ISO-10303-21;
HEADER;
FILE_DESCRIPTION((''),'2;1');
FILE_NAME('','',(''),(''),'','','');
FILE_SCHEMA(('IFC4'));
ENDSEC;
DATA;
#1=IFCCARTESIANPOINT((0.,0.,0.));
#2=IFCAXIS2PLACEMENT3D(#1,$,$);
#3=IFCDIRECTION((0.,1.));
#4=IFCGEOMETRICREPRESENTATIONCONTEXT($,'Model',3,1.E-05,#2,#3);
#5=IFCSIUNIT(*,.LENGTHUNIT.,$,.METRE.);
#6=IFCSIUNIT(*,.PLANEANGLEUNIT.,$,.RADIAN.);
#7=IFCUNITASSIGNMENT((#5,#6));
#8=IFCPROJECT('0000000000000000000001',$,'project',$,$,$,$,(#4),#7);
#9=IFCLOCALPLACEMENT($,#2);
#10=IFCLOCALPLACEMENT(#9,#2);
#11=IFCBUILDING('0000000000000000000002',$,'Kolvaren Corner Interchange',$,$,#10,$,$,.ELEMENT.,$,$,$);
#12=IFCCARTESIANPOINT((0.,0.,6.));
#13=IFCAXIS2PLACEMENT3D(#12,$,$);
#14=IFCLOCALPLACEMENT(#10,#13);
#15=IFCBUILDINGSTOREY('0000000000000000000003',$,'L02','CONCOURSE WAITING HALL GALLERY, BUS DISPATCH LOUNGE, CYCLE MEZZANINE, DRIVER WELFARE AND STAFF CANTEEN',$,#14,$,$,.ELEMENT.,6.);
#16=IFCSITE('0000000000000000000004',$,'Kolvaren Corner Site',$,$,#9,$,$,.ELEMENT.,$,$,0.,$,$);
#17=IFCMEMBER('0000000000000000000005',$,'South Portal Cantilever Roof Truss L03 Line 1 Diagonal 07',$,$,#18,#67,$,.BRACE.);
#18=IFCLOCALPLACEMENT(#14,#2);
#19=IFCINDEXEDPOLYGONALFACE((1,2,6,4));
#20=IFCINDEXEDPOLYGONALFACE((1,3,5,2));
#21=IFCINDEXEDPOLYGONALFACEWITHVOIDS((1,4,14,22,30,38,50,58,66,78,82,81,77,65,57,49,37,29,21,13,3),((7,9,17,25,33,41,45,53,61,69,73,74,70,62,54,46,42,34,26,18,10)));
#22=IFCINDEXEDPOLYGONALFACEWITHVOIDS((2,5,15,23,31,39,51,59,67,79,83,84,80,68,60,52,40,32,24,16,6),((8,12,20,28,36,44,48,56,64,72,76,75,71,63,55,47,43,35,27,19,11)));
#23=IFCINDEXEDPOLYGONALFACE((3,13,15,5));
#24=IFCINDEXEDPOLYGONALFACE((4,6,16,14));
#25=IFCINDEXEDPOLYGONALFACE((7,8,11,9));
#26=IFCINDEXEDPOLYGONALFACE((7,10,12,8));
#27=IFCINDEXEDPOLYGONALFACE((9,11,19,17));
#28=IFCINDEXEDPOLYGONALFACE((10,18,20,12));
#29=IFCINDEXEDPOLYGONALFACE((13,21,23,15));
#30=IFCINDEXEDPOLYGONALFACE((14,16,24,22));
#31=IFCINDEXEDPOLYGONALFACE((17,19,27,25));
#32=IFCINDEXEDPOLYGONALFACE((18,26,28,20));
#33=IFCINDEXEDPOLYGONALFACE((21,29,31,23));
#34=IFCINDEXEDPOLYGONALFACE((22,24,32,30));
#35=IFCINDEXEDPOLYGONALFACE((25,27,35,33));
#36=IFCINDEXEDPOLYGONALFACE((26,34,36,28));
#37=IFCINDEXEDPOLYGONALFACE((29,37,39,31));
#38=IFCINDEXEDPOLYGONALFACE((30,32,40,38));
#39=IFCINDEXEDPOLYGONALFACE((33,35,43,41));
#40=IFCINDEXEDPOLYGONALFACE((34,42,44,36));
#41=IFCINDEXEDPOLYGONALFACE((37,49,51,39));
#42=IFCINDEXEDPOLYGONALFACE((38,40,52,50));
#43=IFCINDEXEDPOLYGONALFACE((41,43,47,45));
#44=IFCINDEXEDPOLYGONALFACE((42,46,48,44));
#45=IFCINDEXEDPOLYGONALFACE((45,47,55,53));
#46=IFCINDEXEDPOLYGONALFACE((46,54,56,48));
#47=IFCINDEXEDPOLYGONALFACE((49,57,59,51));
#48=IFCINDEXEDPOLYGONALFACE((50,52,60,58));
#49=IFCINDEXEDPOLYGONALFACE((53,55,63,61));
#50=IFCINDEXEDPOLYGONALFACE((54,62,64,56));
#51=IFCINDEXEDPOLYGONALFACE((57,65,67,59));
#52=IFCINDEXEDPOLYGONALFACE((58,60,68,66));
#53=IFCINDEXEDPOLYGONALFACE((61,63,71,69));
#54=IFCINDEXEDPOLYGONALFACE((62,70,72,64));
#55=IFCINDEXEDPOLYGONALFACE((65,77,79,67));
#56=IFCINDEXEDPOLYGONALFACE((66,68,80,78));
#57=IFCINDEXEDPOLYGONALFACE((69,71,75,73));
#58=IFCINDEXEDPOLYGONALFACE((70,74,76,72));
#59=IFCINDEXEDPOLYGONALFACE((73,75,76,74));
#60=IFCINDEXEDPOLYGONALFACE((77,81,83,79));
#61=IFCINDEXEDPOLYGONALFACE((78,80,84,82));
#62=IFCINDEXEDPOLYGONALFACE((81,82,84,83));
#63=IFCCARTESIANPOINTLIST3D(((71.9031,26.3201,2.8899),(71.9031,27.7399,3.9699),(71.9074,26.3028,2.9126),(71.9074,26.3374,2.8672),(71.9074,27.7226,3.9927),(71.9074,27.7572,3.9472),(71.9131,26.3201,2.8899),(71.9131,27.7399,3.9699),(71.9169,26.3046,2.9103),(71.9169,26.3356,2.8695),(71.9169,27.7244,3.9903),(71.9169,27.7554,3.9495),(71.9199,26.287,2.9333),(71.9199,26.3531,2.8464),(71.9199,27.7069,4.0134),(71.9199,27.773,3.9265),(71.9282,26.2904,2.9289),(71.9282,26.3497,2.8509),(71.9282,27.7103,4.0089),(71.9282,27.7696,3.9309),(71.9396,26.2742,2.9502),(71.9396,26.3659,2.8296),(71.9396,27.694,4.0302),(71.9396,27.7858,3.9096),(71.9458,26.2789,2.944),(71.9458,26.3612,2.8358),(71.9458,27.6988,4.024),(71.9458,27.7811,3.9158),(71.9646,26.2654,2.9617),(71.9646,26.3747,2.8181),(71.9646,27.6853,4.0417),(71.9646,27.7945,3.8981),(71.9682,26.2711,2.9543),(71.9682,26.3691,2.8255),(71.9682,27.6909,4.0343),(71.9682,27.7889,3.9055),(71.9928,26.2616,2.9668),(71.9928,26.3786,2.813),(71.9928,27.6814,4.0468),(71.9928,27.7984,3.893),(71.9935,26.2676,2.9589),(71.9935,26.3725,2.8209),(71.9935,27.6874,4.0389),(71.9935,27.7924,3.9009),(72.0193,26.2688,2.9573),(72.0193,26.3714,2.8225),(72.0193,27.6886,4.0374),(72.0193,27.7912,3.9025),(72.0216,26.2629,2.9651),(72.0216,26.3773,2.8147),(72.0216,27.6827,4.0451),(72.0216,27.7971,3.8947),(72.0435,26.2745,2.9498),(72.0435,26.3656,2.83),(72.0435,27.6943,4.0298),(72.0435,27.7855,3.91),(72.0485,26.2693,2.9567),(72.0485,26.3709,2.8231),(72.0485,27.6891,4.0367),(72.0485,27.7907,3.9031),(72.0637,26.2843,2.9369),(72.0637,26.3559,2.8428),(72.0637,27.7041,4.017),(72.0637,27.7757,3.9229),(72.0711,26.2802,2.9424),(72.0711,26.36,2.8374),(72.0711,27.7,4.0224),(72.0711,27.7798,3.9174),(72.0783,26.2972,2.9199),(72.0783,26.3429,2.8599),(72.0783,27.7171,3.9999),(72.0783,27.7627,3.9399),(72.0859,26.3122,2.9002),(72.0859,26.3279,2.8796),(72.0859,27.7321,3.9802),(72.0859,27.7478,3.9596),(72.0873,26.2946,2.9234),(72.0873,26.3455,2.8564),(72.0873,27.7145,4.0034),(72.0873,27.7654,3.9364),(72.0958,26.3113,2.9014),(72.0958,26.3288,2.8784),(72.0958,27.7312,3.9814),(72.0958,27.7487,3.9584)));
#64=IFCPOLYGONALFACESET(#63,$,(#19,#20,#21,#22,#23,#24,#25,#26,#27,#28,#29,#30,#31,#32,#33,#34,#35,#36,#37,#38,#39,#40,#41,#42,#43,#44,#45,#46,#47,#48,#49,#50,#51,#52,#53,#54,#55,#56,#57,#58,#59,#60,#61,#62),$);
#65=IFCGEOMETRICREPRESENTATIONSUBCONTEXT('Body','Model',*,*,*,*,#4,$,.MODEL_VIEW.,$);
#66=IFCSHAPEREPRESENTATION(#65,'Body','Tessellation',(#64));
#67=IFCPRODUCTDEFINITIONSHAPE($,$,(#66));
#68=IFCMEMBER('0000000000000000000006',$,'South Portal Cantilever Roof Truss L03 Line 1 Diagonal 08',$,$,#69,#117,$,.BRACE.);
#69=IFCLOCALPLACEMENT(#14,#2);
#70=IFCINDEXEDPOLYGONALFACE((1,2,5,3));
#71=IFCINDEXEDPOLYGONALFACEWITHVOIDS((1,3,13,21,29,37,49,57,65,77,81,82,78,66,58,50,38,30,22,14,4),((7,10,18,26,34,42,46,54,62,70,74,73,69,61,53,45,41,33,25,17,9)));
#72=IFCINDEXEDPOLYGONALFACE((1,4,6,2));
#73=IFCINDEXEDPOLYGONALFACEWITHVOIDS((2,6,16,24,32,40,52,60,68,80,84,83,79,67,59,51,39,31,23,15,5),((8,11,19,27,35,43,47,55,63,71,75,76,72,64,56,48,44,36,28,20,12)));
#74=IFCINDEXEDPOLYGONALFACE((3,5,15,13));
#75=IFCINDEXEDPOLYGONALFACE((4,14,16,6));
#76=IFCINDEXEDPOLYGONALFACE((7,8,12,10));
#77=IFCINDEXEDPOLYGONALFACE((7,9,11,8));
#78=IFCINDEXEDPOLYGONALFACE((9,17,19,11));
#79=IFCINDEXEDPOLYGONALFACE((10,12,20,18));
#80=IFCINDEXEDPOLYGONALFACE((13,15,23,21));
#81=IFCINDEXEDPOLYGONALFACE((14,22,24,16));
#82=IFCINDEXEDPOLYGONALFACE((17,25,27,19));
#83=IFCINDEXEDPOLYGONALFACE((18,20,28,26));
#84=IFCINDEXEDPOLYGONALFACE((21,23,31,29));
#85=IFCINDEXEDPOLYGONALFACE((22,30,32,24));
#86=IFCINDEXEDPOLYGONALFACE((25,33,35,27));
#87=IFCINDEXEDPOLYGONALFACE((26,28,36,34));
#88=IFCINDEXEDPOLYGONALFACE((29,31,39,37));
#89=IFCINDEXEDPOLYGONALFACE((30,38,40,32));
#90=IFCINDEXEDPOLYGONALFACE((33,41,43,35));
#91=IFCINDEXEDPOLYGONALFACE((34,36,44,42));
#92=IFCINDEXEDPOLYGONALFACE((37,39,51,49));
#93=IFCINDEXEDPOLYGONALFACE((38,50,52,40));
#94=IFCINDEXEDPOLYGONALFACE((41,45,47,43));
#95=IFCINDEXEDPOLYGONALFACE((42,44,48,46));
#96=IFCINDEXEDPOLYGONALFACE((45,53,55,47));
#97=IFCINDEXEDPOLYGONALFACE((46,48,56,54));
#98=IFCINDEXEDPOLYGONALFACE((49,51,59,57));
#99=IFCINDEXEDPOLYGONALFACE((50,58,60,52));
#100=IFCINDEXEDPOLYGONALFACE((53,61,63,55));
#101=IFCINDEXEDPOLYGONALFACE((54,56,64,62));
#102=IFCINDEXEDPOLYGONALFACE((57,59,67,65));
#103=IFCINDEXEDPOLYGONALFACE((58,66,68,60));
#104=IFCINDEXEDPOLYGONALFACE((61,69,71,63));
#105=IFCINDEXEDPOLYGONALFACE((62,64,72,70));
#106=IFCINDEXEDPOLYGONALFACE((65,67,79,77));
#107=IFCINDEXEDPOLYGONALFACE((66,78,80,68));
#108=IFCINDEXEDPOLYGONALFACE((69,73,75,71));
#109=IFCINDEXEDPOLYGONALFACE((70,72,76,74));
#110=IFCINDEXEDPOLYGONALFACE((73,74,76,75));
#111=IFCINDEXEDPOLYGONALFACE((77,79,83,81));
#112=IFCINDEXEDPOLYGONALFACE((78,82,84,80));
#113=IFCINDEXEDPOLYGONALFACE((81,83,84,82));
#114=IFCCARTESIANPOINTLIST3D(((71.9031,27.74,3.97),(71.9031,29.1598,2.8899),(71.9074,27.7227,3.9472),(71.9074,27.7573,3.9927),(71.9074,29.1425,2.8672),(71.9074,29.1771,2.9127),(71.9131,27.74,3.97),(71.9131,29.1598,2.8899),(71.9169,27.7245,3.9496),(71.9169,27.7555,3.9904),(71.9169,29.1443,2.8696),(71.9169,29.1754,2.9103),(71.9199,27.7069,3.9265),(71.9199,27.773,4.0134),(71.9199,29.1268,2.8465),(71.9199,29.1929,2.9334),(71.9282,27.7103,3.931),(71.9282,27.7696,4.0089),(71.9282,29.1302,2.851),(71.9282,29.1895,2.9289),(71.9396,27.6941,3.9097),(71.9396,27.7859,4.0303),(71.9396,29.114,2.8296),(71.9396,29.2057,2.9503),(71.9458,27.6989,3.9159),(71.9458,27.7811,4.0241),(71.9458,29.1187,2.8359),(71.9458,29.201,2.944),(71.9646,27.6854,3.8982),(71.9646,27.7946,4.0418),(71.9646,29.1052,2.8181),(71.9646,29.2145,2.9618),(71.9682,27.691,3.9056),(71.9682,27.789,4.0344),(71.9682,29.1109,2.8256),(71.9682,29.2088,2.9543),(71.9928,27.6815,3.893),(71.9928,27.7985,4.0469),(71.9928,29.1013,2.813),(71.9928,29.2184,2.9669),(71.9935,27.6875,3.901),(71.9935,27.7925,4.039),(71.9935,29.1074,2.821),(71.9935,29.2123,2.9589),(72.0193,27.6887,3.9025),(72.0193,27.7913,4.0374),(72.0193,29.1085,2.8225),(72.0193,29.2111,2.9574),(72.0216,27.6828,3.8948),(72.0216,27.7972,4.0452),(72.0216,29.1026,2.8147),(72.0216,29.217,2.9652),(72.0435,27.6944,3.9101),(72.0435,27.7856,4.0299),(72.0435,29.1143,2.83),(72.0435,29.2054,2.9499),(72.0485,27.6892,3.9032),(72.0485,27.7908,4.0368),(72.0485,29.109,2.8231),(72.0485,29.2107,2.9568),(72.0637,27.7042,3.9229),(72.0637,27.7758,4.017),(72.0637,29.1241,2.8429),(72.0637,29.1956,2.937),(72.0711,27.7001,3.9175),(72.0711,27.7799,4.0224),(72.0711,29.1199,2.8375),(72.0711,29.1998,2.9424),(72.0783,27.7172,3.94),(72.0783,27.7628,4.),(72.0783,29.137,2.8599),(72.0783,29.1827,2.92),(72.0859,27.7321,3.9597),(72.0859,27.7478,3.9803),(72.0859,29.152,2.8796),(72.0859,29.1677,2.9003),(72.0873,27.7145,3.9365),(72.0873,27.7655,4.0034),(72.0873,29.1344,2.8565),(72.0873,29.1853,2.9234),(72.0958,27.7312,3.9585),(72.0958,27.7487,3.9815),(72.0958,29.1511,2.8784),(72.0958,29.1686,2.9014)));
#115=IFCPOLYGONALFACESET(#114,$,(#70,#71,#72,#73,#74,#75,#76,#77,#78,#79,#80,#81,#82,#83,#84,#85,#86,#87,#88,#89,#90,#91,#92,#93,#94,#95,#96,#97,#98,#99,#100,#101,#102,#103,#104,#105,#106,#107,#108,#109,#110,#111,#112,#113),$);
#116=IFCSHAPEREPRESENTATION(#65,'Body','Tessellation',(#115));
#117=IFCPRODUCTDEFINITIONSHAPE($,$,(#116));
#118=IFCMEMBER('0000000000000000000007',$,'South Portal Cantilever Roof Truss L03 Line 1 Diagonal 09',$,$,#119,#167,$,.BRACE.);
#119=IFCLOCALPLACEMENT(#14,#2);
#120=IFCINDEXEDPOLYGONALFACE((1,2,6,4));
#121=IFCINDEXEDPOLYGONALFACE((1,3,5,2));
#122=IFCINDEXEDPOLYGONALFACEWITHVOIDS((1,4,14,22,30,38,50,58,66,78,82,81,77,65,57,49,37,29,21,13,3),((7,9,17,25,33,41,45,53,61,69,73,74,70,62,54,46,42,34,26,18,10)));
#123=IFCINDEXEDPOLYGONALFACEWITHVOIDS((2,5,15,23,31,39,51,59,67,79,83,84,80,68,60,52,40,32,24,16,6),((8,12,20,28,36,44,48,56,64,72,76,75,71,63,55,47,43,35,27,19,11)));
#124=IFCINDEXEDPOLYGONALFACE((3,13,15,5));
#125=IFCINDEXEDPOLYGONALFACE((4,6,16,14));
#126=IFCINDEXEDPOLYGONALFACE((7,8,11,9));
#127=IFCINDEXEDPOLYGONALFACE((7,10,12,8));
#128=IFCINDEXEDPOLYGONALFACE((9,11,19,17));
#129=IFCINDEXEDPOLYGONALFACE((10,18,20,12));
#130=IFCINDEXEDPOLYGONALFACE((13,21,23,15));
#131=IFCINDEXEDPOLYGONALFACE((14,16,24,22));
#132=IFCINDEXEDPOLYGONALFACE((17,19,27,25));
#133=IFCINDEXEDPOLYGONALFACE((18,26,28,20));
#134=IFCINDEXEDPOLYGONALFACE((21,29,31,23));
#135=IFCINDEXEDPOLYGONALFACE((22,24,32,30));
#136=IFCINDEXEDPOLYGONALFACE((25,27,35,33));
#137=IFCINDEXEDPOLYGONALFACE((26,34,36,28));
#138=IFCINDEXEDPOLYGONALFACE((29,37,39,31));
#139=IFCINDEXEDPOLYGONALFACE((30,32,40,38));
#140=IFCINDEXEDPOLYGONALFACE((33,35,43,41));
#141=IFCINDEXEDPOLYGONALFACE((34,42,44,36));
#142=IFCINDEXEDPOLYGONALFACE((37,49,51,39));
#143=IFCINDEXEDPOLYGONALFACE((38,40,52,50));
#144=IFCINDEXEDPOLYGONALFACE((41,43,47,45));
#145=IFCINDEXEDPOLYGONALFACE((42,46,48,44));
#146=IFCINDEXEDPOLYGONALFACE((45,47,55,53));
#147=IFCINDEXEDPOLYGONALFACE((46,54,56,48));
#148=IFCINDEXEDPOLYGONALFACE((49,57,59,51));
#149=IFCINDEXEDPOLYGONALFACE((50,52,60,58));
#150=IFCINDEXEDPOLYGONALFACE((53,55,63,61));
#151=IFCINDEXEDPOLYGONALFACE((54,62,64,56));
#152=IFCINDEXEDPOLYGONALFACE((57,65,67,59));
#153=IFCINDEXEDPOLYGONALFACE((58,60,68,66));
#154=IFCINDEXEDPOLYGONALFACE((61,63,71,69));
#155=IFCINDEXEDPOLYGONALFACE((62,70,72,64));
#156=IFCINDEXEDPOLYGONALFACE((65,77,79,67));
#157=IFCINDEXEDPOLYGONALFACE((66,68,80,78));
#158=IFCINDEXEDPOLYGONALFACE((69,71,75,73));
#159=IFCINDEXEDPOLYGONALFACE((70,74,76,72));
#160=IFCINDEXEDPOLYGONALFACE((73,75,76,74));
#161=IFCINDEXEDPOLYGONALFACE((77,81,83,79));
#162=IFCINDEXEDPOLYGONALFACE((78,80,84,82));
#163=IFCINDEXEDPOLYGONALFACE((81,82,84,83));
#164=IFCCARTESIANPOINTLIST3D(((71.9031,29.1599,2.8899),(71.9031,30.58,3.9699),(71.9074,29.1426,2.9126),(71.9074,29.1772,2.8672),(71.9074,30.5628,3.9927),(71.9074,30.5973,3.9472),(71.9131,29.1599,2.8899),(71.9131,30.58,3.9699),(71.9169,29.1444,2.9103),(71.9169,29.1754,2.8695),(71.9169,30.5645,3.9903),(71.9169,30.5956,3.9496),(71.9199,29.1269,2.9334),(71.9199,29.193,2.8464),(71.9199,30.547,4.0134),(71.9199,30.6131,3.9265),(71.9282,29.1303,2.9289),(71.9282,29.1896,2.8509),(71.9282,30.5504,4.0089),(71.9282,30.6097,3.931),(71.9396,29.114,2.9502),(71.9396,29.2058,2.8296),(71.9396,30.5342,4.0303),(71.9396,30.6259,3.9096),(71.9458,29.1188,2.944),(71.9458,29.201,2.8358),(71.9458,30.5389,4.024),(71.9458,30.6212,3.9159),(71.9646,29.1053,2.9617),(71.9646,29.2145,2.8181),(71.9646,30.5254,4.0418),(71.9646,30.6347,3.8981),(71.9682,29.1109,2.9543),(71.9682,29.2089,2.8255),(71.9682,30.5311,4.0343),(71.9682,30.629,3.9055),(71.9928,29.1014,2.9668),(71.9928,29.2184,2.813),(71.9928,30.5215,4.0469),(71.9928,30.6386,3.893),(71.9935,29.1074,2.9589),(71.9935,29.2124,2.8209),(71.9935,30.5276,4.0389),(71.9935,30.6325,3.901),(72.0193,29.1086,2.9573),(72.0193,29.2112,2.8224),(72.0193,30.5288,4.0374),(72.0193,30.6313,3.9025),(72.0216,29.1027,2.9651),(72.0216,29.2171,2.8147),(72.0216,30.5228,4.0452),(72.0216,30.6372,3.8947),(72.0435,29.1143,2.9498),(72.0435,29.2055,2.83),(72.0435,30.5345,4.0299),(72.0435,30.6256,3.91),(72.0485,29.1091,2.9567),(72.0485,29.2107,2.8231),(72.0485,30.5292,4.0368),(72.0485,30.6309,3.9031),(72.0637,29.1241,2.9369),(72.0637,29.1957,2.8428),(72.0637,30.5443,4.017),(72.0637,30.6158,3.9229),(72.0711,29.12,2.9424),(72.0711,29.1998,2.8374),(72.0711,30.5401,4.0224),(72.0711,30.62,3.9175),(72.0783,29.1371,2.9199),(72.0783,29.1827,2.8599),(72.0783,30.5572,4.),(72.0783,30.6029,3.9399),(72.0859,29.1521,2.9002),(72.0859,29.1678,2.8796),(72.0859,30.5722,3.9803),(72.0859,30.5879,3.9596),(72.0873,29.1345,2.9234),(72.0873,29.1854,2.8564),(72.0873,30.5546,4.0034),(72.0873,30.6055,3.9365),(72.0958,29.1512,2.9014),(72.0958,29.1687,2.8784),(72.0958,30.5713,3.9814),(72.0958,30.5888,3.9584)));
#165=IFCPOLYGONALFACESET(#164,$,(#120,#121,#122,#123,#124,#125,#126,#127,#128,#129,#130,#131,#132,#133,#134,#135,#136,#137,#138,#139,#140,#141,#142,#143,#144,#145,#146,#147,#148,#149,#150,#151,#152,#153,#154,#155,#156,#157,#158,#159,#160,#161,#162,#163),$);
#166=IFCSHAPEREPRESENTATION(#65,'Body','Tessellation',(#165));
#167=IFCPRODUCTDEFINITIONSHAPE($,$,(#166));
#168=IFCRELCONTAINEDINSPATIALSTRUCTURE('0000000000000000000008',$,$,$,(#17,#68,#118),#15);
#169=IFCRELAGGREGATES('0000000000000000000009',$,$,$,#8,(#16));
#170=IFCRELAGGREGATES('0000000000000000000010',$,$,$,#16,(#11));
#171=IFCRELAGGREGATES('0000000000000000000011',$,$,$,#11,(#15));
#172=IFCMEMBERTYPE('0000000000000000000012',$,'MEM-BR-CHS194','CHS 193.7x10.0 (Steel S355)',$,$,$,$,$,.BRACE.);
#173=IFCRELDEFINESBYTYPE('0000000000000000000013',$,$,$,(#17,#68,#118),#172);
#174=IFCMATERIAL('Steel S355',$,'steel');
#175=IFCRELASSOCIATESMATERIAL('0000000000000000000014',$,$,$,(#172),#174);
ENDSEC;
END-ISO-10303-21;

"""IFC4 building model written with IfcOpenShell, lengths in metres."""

from ifc_helpers import new_model, si_unit, direction, frame, origin, origin_2d, place, context, subcontext, project, spatial, hollow_circle, extrude, material, material_profile, profile_set, type_object, element, save


model = new_model("IFC4")

# Units and contexts
model_context = context("Model", 3, precision=1e-05, world=origin(), true_north=direction((0.0, 1.0)))
body_context = subcontext(model_context, "Body", "Model", "MODEL_VIEW")
ifc_project = project(units=[si_unit("LENGTHUNIT", "METRE"), si_unit("PLANEANGLEUNIT", "RADIAN")], contexts=[model_context])

# Site, building, storey
site_placement = place(None, origin())
site = spatial("IfcSite", under=ifc_project, at=site_placement, Name="Kolvaren Corner Site", CompositionType="ELEMENT", RefElevation=0.0)
building_placement = place(site_placement, origin())
building = spatial("IfcBuilding", under=site, at=building_placement, Name="Kolvaren Corner Interchange", CompositionType="ELEMENT")
storey_placement = place(building_placement, frame((0.0, 0.0, 6.0)))
storey = spatial("IfcBuildingStorey", under=building, at=storey_placement, Name="L02", Description="CONCOURSE WAITING HALL GALLERY, BUS DISPATCH LOUNGE, CYCLE MEZZANINE, DRIVER WELFARE AND STAFF CANTEEN", CompositionType="ELEMENT", Elevation=6.0)

# Members
ifc_material_1 = material(Name="Steel S355", Category="steel")
ifc_material_profile_1 = material_profile(ifc_material_1, hollow_circle(Radius=0.0969, WallThickness=0.01, at=origin_2d()), Name="CHS 193.7x10.0")
ifc_profile_set_1 = profile_set([ifc_material_profile_1], Name="Steel S355")
member_type_1 = type_object("IfcMemberType", Name="MEM-BR-CHS194", Description="CHS 193.7x10.0 (Steel S355)", PredefinedType="BRACE", material=ifc_profile_set_1)
for number, where, z_axis, x_axis, name in (
    (1, (72.0, 26.3201, 2.8899), (0.0, 0.795909, 0.605416), (-1.0, 0.0, 0.0), "South Portal Cantilever Roof Truss L03 Line 1 Diagonal 07"),
    (2, (72.0, 27.74, 3.97), (0.0, 0.795909, -0.605416), (-1.0, 0.0, 0.0), "South Portal Cantilever Roof Truss L03 Line 1 Diagonal 08"),
):
    element("IfcMember", number, at=place(storey_placement, frame(where, z_axis=z_axis, x_axis=x_axis)), inside=storey, type_object=member_type_1, Name=name, PredefinedType="BRACE", context=body_context, shape_type="SweptSolid", body=[
        extrude(hollow_circle(Radius=0.0969, WallThickness=0.01, at=origin_2d()), origin(), (0.0, 0.0, 1.0), 1.7839),
    ])
member_1_placement = place(storey_placement, frame((72.0, 29.1599, 2.8899), z_axis=(0.0, 0.795959, 0.60535), x_axis=(-1.0, 0.0, 0.0)))
element("IfcMember", 3, at=member_1_placement, inside=storey, type_object=member_type_1, Name="South Portal Cantilever Roof Truss L03 Line 1 Diagonal 09", PredefinedType="BRACE", context=body_context, shape_type="SweptSolid", body=[
    extrude(hollow_circle(Radius=0.0969, WallThickness=0.01, at=origin_2d()), origin(), (0.0, 0.0, 1.0), 1.7842),
])

save(model, "model.ifc")
